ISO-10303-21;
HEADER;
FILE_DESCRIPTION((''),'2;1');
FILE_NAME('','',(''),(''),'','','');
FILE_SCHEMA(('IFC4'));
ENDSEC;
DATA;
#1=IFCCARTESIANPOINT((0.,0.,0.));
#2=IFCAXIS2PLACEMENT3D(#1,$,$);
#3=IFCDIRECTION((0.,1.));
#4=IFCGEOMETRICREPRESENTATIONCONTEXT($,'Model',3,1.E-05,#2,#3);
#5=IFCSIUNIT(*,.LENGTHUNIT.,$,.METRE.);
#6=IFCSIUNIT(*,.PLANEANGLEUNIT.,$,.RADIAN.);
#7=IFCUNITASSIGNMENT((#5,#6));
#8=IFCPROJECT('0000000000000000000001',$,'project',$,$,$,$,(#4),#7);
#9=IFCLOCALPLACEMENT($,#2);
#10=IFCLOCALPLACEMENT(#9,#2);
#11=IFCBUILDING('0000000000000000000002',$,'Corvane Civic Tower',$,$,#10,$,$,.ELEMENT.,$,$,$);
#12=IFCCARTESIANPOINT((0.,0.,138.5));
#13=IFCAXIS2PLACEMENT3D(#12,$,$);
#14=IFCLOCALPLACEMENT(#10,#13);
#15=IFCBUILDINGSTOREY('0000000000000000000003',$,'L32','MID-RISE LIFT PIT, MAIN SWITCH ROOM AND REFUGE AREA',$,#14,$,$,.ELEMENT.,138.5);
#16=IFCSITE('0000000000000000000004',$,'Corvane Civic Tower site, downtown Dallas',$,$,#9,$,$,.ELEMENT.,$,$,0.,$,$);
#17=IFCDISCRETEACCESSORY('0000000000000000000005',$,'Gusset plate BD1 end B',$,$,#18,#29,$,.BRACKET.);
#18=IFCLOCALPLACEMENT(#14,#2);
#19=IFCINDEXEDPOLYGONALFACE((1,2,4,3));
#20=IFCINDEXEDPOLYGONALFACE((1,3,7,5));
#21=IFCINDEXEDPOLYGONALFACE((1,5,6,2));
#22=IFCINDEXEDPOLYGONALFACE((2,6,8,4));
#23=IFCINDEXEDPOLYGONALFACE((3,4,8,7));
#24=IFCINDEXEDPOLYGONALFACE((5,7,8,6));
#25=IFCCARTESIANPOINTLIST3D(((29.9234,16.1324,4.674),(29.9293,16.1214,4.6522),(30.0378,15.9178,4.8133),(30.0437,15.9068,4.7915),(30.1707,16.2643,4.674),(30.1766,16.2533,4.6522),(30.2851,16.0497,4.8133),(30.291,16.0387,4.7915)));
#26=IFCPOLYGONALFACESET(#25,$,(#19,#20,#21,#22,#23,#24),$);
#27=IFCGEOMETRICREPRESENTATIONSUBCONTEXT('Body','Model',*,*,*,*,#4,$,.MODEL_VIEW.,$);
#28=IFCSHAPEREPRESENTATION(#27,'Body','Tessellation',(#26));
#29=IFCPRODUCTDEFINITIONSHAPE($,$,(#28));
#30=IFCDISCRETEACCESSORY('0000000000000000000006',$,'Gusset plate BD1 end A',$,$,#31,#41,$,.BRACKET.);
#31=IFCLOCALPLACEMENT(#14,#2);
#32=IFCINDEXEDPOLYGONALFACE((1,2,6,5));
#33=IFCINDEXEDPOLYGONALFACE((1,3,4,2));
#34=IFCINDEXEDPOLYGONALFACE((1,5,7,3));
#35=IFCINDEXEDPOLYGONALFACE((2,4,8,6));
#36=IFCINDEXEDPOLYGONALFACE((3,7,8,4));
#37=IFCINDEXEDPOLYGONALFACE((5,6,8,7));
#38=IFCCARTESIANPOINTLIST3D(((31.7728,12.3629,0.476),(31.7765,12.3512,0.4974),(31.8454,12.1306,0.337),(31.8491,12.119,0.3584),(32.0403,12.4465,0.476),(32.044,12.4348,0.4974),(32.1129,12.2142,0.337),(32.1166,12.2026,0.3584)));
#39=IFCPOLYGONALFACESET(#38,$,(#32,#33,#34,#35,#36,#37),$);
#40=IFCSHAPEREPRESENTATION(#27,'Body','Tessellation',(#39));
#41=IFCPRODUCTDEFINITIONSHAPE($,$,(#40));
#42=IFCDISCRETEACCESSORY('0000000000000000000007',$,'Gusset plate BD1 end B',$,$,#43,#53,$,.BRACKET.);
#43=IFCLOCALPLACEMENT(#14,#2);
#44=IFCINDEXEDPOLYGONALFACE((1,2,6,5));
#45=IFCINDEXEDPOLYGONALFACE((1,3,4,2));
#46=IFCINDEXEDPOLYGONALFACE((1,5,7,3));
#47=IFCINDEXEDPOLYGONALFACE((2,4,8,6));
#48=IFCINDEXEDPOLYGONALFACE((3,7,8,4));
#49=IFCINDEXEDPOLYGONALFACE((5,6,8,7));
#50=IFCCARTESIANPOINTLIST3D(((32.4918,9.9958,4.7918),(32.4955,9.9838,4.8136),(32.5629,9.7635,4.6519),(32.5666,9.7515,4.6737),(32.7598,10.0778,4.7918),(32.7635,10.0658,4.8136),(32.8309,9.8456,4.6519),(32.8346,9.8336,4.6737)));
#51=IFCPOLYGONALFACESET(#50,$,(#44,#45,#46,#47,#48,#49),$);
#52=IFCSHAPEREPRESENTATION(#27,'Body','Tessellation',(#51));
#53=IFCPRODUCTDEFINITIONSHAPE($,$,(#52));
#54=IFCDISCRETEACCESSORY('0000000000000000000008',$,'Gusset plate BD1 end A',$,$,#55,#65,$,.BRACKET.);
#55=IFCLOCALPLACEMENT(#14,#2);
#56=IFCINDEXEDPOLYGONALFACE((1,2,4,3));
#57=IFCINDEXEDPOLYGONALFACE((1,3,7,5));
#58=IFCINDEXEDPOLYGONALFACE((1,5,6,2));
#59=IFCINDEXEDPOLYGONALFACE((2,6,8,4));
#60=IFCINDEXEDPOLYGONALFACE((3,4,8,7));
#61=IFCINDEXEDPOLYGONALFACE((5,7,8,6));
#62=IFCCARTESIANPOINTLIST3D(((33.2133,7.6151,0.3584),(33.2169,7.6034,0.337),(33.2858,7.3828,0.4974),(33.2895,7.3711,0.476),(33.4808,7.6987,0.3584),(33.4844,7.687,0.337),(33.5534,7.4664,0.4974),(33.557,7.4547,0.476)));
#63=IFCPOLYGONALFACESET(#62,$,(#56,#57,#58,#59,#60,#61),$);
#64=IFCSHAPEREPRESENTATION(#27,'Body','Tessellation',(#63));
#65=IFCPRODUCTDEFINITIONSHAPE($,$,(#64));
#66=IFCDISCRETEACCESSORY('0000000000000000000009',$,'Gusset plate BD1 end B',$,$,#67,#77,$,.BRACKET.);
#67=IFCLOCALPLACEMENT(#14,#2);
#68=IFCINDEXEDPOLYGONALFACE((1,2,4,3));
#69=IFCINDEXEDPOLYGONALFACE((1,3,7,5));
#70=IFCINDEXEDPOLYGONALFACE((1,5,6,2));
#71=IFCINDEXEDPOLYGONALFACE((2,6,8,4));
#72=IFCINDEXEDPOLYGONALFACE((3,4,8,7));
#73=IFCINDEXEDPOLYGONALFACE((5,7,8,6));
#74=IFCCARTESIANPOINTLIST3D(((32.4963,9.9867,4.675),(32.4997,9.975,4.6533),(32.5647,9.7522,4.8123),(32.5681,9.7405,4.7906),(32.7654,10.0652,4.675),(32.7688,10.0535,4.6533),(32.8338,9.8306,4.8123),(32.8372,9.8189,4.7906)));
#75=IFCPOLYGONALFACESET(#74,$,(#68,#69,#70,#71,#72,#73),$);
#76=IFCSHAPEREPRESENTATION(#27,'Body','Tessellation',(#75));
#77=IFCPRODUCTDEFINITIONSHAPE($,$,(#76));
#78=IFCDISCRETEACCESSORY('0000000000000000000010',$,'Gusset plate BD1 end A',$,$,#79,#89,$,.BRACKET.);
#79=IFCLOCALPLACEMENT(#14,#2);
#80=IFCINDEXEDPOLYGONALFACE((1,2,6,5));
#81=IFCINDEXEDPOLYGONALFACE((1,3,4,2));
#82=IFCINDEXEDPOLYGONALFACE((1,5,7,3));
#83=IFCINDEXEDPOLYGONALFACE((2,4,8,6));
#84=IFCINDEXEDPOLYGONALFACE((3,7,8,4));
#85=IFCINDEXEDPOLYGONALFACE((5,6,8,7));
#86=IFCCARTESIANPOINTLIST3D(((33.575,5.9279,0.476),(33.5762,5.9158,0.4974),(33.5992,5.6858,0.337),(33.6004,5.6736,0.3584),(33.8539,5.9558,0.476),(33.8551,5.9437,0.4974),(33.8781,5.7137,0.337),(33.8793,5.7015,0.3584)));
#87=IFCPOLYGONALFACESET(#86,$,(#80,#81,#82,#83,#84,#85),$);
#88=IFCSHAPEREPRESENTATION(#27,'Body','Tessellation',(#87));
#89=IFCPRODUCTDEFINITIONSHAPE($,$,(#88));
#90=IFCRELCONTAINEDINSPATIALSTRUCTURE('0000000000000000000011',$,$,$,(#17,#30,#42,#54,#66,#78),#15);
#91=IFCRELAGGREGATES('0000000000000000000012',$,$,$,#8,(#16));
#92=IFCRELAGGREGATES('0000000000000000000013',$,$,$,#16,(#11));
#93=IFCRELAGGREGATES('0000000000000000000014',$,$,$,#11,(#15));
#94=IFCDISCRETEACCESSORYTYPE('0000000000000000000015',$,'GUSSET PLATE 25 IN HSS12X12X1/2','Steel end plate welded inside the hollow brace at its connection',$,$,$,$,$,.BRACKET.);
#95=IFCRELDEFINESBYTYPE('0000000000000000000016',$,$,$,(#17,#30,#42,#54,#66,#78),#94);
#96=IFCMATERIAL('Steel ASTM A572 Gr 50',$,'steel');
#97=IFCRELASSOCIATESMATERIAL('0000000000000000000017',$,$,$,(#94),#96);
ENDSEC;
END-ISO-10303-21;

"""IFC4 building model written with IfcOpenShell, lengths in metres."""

from ifc_helpers import new_model, si_unit, direction, frame, origin, origin_2d, place, context, subcontext, project, spatial, rectangle, extrude, material, material_profile, profile_set, type_object, element, save


model = new_model("IFC4")

# Units and contexts
model_context = context("Model", 3, precision=1e-05, world=origin(), true_north=direction((0.0, 1.0)))
body_context = subcontext(model_context, "Body", "Model", "MODEL_VIEW")
ifc_project = project(units=[si_unit("LENGTHUNIT", "METRE"), si_unit("PLANEANGLEUNIT", "RADIAN")], contexts=[model_context])

# Site, building, storey
site_placement = place(None, origin())
site = spatial("IfcSite", under=ifc_project, at=site_placement, Name="Corvane Civic Tower site, downtown Dallas", CompositionType="ELEMENT", RefElevation=0.0)
building_placement = place(site_placement, origin())
building = spatial("IfcBuilding", under=site, at=building_placement, Name="Corvane Civic Tower", CompositionType="ELEMENT")
storey_placement = place(building_placement, frame((0.0, 0.0, 138.5)))
storey = spatial("IfcBuildingStorey", under=building, at=storey_placement, Name="L32", Description="MID-RISE LIFT PIT, MAIN SWITCH ROOM AND REFUGE AREA", CompositionType="ELEMENT", Elevation=138.5)

# Discrete accessories
ifc_material_1 = material(Name="Steel ASTM A572 Gr 50", Category="steel")
ifc_material_profile_1 = material_profile(ifc_material_1, rectangle(XDim=0.2803, YDim=0.2803, at=origin_2d()), Name="GUSSET PLATE 25 IN HSS12X12X1/2")
ifc_profile_set_1 = profile_set([ifc_material_profile_1], Name="Steel ASTM A572 Gr 50")
discrete_accessory_type = type_object("IfcDiscreteAccessoryType", Name="GUSSET PLATE 25 IN HSS12X12X1/2", Description="Steel end plate welded inside the hollow brace at its connection", PredefinedType="BRACKET", material=ifc_profile_set_1)
discrete_accessory_1_placement = place(storey_placement, frame((30.1042, 16.0911, 4.7437), z_axis=(0.233971, -0.438696, -0.867643), x_axis=(0.882353, 0.470588, 0.0)))
element("IfcDiscreteAccessory", 1, at=discrete_accessory_1_placement, inside=storey, type_object=discrete_accessory_type, Name="Gusset plate BD1 end B", PredefinedType="BRACKET", context=body_context, shape_type="SweptSolid", body=[
    extrude(rectangle(XDim=0.2803, YDim=0.2803, at=origin_2d()), origin(), (0.0, 0.0, 1.0), 0.0251),
])
discrete_accessory_2_placement = place(storey_placement, frame((31.9429, 12.2886, 0.4065), z_axis=(0.147993, -0.473579, 0.868228), x_axis=(0.95448, 0.298275, 0.0)))
element("IfcDiscreteAccessory", 2, at=discrete_accessory_2_placement, inside=storey, type_object=discrete_accessory_type, Name="Gusset plate BD1 end A", PredefinedType="BRACKET", context=body_context, shape_type="SweptSolid", body=[
    extrude(rectangle(XDim=0.2803, YDim=0.2803, at=origin_2d()), origin(), (0.0, 0.0, 1.0), 0.0247),
])
discrete_accessory_3_placement = place(storey_placement, frame((32.665, 9.9087, 4.7437), z_axis=(-0.146058, 0.477124, -0.866614), x_axis=(-0.9562, -0.292714, 0.0)))
element("IfcDiscreteAccessory", 3, at=discrete_accessory_3_placement, inside=storey, type_object=discrete_accessory_type, Name="Gusset plate BD1 end B", PredefinedType="BRACKET", context=body_context, shape_type="SweptSolid", body=[
    extrude(rectangle(XDim=0.2803, YDim=0.2803, at=origin_2d()), origin(), (0.0, 0.0, 1.0), 0.0251),
])
discrete_accessory_4_placement = place(storey_placement, frame((33.387, 7.5291, 0.4065), z_axis=(-0.147993, 0.473579, 0.868228), x_axis=(-0.95448, -0.298275, 0.0)))
element("IfcDiscreteAccessory", 4, at=discrete_accessory_4_placement, inside=storey, type_object=discrete_accessory_type, Name="Gusset plate BD1 end A", PredefinedType="BRACKET", context=body_context, shape_type="SweptSolid", body=[
    extrude(rectangle(XDim=0.2803, YDim=0.2803, at=origin_2d()), origin(), (0.0, 0.0, 1.0), 0.0247),
])
discrete_accessory_5_placement = place(storey_placement, frame((32.665, 9.9087, 4.7437), z_axis=(0.137143, -0.470204, -0.871837), x_axis=(0.96, 0.28, 0.0)))
element("IfcDiscreteAccessory", 5, at=discrete_accessory_5_placement, inside=storey, type_object=discrete_accessory_type, Name="Gusset plate BD1 end B", PredefinedType="BRACKET", context=body_context, shape_type="SweptSolid", body=[
    extrude(rectangle(XDim=0.2803, YDim=0.2803, at=origin_2d()), origin(), (0.0, 0.0, 1.0), 0.0249),
])
discrete_accessory_6_placement = place(storey_placement, frame((33.7266, 5.8208, 0.4065), z_axis=(0.049341, -0.493408, 0.868398), x_axis=(0.995037, 0.099504, 0.0)))
element("IfcDiscreteAccessory", 6, at=discrete_accessory_6_placement, inside=storey, type_object=discrete_accessory_type, Name="Gusset plate BD1 end A", PredefinedType="BRACKET", context=body_context, shape_type="SweptSolid", body=[
    extrude(rectangle(XDim=0.2803, YDim=0.2803, at=origin_2d()), origin(), (0.0, 0.0, 1.0), 0.0247),
])

save(model, "model.ifc")
